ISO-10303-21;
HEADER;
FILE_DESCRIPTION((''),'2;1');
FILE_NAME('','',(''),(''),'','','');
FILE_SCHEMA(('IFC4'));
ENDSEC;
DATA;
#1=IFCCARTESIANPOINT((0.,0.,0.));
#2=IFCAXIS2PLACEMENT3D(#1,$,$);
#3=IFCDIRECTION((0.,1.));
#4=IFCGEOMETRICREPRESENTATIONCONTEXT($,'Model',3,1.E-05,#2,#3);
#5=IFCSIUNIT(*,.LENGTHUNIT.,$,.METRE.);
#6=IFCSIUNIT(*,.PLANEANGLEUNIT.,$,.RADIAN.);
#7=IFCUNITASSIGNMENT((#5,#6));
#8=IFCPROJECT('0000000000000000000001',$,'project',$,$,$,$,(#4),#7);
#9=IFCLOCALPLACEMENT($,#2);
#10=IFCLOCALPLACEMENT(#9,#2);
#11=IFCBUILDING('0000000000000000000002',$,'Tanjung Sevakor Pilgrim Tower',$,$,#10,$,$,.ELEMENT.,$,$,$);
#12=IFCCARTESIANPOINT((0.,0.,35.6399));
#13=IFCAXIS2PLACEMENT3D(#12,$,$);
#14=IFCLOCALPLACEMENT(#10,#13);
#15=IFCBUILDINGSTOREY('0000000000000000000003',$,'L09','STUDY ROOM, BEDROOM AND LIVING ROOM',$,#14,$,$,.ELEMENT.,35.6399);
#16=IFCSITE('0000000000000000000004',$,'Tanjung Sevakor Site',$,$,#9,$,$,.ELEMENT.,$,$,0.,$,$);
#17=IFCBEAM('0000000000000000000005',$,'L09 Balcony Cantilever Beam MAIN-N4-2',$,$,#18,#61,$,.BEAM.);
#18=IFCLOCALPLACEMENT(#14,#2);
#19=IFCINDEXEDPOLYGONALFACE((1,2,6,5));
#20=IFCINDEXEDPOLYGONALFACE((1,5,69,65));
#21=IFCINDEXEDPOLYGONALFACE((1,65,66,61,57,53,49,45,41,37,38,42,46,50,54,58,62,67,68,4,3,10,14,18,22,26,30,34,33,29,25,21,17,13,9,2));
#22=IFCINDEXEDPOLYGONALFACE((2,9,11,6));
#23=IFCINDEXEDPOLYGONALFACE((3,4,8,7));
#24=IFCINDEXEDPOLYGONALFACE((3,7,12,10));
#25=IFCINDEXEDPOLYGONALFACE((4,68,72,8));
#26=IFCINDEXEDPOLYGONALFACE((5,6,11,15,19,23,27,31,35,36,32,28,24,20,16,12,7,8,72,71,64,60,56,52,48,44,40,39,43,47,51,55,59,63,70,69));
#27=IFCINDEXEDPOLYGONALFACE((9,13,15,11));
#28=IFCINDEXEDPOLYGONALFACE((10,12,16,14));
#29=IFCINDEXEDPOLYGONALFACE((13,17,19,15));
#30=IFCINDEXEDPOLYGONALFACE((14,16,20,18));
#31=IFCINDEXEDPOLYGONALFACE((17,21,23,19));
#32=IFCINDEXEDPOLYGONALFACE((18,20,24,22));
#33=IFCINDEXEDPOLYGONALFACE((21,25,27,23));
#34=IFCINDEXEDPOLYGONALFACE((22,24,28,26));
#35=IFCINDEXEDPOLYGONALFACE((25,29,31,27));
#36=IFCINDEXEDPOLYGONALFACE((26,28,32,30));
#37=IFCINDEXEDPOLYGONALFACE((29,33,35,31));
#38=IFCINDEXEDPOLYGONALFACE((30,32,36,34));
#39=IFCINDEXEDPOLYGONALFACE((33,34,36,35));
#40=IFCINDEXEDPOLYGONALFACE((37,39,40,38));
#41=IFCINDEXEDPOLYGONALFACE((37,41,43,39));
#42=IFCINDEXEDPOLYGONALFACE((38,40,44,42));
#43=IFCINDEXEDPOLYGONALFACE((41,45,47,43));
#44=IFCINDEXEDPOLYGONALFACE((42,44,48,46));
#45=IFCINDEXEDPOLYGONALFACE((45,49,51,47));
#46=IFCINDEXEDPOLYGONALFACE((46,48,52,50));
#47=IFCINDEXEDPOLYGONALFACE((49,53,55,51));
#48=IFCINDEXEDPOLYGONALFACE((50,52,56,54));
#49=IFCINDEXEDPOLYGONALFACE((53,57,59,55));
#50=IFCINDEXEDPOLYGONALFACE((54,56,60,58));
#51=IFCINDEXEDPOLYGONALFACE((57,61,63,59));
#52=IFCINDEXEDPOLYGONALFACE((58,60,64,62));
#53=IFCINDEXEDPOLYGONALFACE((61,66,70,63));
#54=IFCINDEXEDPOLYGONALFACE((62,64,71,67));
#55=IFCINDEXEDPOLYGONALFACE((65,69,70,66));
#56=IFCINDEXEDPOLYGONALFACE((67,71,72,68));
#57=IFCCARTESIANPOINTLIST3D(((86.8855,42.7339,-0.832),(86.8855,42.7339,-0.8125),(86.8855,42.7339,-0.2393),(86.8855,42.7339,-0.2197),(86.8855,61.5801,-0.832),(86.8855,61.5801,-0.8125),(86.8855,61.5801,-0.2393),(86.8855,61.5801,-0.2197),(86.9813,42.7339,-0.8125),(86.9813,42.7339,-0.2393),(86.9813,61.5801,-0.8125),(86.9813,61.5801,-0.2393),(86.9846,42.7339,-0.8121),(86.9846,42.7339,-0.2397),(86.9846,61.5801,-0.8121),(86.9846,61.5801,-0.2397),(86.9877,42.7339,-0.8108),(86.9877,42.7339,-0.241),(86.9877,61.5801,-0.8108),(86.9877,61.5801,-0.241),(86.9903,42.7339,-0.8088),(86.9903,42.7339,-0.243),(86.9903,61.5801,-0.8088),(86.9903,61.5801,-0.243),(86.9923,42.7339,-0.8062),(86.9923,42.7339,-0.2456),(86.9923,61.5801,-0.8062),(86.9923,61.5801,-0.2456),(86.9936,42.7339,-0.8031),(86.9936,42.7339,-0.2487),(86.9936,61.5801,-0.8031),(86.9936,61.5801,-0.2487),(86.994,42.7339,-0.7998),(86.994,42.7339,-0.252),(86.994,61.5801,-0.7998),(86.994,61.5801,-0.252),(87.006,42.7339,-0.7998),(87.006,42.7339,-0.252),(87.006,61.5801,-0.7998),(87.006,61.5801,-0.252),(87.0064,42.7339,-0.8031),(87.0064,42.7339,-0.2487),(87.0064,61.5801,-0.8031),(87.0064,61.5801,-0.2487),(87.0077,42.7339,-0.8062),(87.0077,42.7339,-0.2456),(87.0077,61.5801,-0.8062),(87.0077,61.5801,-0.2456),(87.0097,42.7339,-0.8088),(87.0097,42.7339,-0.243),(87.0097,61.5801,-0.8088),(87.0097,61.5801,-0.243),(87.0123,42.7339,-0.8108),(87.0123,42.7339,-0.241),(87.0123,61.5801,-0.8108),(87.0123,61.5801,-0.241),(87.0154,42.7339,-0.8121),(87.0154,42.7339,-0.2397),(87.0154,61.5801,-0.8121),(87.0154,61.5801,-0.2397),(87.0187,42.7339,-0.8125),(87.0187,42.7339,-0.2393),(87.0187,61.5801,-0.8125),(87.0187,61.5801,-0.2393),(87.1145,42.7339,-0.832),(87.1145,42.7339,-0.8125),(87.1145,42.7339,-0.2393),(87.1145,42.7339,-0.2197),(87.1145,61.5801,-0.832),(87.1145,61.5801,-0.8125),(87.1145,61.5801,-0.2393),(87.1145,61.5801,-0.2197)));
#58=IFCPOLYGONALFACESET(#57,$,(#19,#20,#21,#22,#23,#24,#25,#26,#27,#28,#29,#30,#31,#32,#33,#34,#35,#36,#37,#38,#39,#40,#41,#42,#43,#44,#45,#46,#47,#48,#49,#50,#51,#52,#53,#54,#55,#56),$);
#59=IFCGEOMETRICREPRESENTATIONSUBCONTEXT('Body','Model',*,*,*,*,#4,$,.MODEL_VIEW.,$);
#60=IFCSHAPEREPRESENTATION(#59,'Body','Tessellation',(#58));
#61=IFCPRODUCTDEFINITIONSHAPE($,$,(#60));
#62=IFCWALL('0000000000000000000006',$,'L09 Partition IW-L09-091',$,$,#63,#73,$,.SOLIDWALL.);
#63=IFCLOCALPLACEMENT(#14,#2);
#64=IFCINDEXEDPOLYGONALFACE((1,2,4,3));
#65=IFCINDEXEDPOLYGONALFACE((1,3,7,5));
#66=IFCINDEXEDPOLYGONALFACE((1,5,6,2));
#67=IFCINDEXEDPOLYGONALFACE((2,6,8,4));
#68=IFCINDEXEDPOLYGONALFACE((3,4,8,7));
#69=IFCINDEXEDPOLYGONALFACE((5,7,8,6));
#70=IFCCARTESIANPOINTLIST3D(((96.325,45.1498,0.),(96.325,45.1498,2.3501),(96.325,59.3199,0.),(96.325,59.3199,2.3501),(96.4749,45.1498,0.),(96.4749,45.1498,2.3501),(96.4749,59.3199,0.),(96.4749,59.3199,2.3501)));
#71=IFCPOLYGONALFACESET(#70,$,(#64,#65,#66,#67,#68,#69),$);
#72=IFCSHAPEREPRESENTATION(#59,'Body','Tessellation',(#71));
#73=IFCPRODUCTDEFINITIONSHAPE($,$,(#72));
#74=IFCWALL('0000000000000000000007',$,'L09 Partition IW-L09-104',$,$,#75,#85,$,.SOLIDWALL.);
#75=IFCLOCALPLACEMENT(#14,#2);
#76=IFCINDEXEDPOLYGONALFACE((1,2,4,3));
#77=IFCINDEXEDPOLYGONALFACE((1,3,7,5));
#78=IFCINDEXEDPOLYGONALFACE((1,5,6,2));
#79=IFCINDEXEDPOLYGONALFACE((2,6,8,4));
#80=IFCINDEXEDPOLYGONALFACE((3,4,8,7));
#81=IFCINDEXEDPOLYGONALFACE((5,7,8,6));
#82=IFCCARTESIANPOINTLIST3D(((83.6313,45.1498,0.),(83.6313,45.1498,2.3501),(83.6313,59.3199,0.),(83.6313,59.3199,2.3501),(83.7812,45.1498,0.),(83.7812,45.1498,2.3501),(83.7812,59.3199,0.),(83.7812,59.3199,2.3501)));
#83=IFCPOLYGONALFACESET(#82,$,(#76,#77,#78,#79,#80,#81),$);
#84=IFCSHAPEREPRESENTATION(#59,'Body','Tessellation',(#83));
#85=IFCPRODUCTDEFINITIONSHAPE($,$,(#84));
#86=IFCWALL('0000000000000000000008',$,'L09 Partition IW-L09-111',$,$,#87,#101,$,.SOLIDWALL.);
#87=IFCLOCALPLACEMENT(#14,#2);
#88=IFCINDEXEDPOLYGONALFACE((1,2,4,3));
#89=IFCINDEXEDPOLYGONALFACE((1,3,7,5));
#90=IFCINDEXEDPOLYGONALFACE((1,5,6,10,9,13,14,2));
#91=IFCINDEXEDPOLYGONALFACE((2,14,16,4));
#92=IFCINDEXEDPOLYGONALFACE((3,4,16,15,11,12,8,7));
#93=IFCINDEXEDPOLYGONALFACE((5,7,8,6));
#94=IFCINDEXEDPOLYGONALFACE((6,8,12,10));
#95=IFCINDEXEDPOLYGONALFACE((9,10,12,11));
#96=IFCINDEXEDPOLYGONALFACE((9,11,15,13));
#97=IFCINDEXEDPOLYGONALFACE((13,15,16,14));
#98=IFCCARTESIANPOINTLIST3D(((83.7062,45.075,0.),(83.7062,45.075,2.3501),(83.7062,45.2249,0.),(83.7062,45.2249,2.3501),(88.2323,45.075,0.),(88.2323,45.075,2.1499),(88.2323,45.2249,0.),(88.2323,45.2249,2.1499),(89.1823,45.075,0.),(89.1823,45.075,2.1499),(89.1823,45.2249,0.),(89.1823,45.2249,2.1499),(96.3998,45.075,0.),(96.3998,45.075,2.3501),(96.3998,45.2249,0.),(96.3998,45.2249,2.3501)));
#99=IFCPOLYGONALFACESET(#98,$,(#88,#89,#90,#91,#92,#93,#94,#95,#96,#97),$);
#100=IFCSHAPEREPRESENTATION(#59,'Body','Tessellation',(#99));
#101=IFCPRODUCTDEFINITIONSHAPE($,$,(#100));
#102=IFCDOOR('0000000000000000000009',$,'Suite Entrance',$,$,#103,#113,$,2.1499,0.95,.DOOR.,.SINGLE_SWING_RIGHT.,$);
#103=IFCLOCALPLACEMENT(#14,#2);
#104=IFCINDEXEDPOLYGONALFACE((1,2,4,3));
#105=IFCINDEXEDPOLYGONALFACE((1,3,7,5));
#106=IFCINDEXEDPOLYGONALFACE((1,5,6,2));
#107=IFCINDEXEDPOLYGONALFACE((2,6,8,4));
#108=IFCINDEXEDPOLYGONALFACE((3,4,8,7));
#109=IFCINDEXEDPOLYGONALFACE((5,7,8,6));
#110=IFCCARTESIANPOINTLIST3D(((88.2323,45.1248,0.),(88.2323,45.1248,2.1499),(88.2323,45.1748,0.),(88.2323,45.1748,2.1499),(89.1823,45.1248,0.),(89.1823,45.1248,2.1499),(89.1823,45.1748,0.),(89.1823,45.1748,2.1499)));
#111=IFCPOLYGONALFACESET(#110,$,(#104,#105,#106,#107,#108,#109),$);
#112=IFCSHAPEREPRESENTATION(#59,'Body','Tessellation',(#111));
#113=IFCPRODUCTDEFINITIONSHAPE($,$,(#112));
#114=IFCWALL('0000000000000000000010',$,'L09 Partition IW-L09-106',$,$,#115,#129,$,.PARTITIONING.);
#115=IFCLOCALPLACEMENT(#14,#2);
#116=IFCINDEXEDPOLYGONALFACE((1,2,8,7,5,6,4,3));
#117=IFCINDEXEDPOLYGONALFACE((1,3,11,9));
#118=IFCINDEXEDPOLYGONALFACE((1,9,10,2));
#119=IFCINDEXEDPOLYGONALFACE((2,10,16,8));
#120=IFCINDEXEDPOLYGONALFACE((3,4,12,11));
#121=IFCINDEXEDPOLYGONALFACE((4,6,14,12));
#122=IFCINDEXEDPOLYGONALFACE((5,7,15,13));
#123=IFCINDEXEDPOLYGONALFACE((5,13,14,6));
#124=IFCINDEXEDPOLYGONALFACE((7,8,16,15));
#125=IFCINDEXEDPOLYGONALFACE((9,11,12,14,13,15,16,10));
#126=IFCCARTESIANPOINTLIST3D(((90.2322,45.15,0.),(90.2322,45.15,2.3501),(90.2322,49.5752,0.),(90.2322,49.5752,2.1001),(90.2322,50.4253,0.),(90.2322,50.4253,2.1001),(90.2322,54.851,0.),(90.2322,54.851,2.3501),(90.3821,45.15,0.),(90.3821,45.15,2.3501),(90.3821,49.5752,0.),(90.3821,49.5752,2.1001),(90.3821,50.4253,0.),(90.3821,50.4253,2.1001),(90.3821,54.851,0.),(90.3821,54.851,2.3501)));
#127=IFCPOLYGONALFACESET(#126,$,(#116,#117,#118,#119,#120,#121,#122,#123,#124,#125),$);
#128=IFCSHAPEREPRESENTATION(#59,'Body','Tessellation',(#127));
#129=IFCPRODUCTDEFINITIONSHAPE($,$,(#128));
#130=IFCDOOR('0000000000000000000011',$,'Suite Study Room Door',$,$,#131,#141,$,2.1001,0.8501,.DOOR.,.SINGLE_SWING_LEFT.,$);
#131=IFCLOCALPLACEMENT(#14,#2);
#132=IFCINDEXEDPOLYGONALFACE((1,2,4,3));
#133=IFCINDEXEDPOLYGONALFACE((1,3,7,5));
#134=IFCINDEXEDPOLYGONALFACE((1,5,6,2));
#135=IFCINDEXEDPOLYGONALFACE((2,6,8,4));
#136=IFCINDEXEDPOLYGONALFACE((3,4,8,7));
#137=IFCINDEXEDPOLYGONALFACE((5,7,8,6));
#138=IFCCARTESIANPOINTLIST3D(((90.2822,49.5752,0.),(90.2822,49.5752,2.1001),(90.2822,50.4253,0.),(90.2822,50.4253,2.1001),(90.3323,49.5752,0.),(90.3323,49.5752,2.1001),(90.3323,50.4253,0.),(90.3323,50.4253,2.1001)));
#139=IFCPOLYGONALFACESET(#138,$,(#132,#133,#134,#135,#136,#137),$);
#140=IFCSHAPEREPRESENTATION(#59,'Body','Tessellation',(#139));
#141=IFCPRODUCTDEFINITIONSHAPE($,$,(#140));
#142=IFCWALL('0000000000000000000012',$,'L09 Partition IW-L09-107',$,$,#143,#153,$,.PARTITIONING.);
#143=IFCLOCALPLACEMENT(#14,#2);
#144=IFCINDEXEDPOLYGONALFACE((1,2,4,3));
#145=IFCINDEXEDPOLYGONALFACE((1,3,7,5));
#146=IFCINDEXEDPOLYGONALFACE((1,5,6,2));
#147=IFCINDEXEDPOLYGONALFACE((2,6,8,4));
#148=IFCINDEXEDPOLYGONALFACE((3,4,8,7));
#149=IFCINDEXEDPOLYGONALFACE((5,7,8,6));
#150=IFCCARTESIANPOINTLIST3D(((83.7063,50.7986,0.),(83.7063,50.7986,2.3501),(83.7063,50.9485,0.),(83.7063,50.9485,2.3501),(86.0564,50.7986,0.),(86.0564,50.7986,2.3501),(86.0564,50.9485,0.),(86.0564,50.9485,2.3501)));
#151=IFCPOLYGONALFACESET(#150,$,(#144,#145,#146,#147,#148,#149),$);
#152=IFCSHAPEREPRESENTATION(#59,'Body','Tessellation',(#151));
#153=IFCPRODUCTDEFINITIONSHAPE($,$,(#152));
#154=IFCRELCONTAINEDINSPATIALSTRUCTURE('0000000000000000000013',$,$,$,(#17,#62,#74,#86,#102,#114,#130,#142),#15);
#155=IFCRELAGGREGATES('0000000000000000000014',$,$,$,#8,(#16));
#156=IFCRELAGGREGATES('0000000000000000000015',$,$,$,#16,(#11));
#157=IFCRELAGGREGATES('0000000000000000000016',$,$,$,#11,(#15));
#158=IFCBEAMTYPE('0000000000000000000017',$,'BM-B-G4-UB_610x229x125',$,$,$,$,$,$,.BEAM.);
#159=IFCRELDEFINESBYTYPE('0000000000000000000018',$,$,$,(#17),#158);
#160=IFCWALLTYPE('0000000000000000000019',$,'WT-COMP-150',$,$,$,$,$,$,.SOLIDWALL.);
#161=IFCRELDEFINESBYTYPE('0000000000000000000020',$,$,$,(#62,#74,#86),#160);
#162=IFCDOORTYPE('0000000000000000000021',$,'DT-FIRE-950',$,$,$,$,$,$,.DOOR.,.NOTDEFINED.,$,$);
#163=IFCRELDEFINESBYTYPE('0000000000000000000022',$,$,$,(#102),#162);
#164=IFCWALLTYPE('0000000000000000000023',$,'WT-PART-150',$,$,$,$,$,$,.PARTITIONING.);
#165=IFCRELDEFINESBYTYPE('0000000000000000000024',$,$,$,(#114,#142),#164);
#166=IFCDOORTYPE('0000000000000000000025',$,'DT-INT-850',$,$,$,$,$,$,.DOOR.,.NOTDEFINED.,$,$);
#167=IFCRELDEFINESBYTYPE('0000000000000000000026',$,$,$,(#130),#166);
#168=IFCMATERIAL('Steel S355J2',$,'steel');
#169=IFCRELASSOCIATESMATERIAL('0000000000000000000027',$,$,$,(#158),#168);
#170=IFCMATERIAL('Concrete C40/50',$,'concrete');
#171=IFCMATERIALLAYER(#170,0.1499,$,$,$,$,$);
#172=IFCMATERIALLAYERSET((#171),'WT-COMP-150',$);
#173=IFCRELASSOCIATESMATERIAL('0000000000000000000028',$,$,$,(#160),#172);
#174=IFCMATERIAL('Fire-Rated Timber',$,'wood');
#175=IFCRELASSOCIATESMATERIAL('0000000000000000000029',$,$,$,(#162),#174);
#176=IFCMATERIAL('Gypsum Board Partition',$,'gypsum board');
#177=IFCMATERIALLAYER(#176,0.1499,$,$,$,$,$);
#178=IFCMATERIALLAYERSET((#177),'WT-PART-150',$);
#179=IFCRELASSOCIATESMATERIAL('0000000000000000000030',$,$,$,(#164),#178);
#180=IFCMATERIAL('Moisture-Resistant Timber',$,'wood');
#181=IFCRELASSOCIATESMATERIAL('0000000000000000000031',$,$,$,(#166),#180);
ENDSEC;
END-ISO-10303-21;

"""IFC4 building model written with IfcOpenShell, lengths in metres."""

from ifc_helpers import new_model, si_unit, direction, frame, frame_2d, origin, origin_2d, place, context, subcontext, project, spatial, rectangle, i_section, extrude, material, layer, layer_set, material_profile, profile_set, type_object, element, fill, save


model = new_model("IFC4")

# Units and contexts
model_context = context("Model", 3, precision=1e-05, world=origin(), true_north=direction((0.0, 1.0)))
body_context = subcontext(model_context, "Body", "Model", "MODEL_VIEW")
ifc_project = project(units=[si_unit("LENGTHUNIT", "METRE"), si_unit("PLANEANGLEUNIT", "RADIAN")], contexts=[model_context])

# Site, building, storey
site_placement = place(None, origin())
site = spatial("IfcSite", under=ifc_project, at=site_placement, Name="Tanjung Sevakor Site", CompositionType="ELEMENT", RefElevation=0.0)
building_placement = place(site_placement, origin())
building = spatial("IfcBuilding", under=site, at=building_placement, Name="Tanjung Sevakor Pilgrim Tower", CompositionType="ELEMENT")
storey_placement = place(building_placement, frame((0.0, 0.0, 35.6399)))
storey = spatial("IfcBuildingStorey", under=building, at=storey_placement, Name="L09", Description="STUDY ROOM, BEDROOM AND LIVING ROOM", CompositionType="ELEMENT", Elevation=35.6399)

# Beam
ifc_material_1 = material(Name="Steel S355J2", Category="steel")
ifc_material_profile_1 = material_profile(ifc_material_1, i_section(OverallWidth=0.229, OverallDepth=0.6123, WebThickness=0.012, FlangeThickness=0.0195, FilletRadius=0.0127, at=origin_2d()))
ifc_profile_set_1 = profile_set([ifc_material_profile_1], Name="Steel S355J2")
beam_type_1 = type_object("IfcBeamType", Name="BM-B-G4-UB_610x229x125", PredefinedType="BEAM", material=ifc_profile_set_1)
beam_1_placement = place(storey_placement, frame((87.0, 42.7339, -0.5259), z_axis=(0.0, 1.0, 0.0), x_axis=(-1.0, 0.0, 0.0)))
element("IfcBeam", 1, at=beam_1_placement, inside=storey, type_object=beam_type_1, Name="L09 Balcony Cantilever Beam MAIN-N4-2", PredefinedType="BEAM", context=body_context, shape_type="SweptSolid", body=[
    extrude(i_section(OverallWidth=0.229, OverallDepth=0.6123, WebThickness=0.012, FlangeThickness=0.0195, FilletRadius=0.0127, at=origin_2d()), origin(), (0.0, 0.0, 1.0), 18.8462),
])

# Walls
ifc_material_2 = material(Name="Concrete C40/50", Category="concrete")
ifc_layer_1 = layer(ifc_material_2, 0.1499)
ifc_layer_set_1 = layer_set([ifc_layer_1], Name="WT-COMP-150")
wall_type_1 = type_object("IfcWallType", Name="WT-COMP-150", PredefinedType="SOLIDWALL", material=ifc_layer_set_1)
for number, where, z_axis, x_axis, name in (
    (2, (96.3999, 45.1499, 0.0), (0.0, 0.0, 1.0), (0.0, 1.0, 0.0), "L09 Partition IW-L09-091"),
    (3, (83.7063, 45.1499, 0.0), (0.0, 0.0, 1.0), (0.0, 1.0, 0.0), "L09 Partition IW-L09-104"),
):
    element("IfcWall", number, at=place(storey_placement, frame(where, z_axis=z_axis, x_axis=x_axis)), inside=storey, type_object=wall_type_1, Name=name, PredefinedType="SOLIDWALL", context=body_context, shape_type="SweptSolid", body=[
        extrude(rectangle(XDim=14.1702, YDim=0.1499, at=frame_2d((7.085, 0.0))), origin(), (0.0, 0.0, 1.0), 2.3501),
    ])

# Walls, openings, doors
wall_1_placement = place(storey_placement, frame((83.7063, 45.1499, 0.0), z_axis=(0.0, 0.0, 1.0), x_axis=(1.0, 0.0, 0.0)))
wall_1 = element("IfcWall", 4, at=wall_1_placement, inside=storey, type_object=wall_type_1, Name="L09 Partition IW-L09-111", PredefinedType="SOLIDWALL", context=body_context, shape_type="SweptSolid", body=[
    extrude(rectangle(XDim=12.6936, YDim=0.1499, at=frame_2d((6.3467, 0.0))), origin(), (0.0, 0.0, 1.0), 2.3501),
])
opening_1_placement = place(wall_1_placement, frame((4.5259, 0.0, 0.0)))
opening_1 = element("IfcOpeningElement", 5, at=opening_1_placement, cuts=wall_1, PredefinedType="OPENING", context=body_context, shape_type="SweptSolid", body=[
    extrude(rectangle(XDim=0.95, YDim=2.1499, at=frame_2d((0.4751, 1.075))), frame((0.0, 0.085, 0.0), z_axis=(0.0, -1.0, 0.0), x_axis=(1.0, 0.0, 0.0)), (0.0, 0.0, 1.0), 0.1699),
])
ifc_material_3 = material(Name="Fire-Rated Timber", Category="wood")
door_type_1 = type_object("IfcDoorType", Name="DT-FIRE-950", OperationType="NOTDEFINED", PredefinedType="DOOR", material=ifc_material_3)
door_1_placement = place(opening_1_placement, origin())
door_1 = element("IfcDoor", 6, at=door_1_placement, inside=storey, type_object=door_type_1, Name="Suite Entrance", OperationType="SINGLE_SWING_RIGHT", OverallHeight=2.1499, OverallWidth=0.95, PredefinedType="DOOR", context=body_context, shape_type="SweptSolid", body=[
    extrude(rectangle(XDim=0.95, YDim=2.1499, at=frame_2d((0.4751, 1.075))), frame((0.0, 0.0249, 0.0), z_axis=(0.0, -1.0, 0.0), x_axis=(1.0, 0.0, 0.0)), (0.0, 0.0, 1.0), 0.05),
])
fill(opening_1, door_1)
ifc_material_4 = material(Name="Gypsum Board Partition", Category="gypsum board")
ifc_layer_2 = layer(ifc_material_4, 0.1499)
ifc_layer_set_2 = layer_set([ifc_layer_2], Name="WT-PART-150")
wall_type_2 = type_object("IfcWallType", Name="WT-PART-150", PredefinedType="PARTITIONING", material=ifc_layer_set_2)
wall_2_placement = place(storey_placement, frame((90.3071, 45.1499, 0.0), z_axis=(0.0, 0.0, 1.0), x_axis=(0.0, 1.0, 0.0)))
wall_2 = element("IfcWall", 7, at=wall_2_placement, inside=storey, type_object=wall_type_2, Name="L09 Partition IW-L09-106", PredefinedType="PARTITIONING", context=body_context, shape_type="SweptSolid", body=[
    extrude(rectangle(XDim=9.7009, YDim=0.1499, at=frame_2d((4.8506, 0.0))), origin(), (0.0, 0.0, 1.0), 2.3501),
])
opening_2_placement = place(wall_2_placement, frame((4.4253, 0.0, 0.0)))
opening_2 = element("IfcOpeningElement", 8, at=opening_2_placement, cuts=wall_2, PredefinedType="OPENING", context=body_context, shape_type="SweptSolid", body=[
    extrude(rectangle(XDim=0.8501, YDim=2.1001, at=frame_2d((0.425, 1.05))), frame((0.0, 0.085, 0.0), z_axis=(0.0, -1.0, 0.0), x_axis=(1.0, 0.0, 0.0)), (0.0, 0.0, 1.0), 0.1699),
])
ifc_material_5 = material(Name="Moisture-Resistant Timber", Category="wood")
door_type_2 = type_object("IfcDoorType", Name="DT-INT-850", OperationType="NOTDEFINED", PredefinedType="DOOR", material=ifc_material_5)
door_2_placement = place(opening_2_placement, origin())
door_2 = element("IfcDoor", 9, at=door_2_placement, inside=storey, type_object=door_type_2, Name="Suite Study Room Door", OperationType="SINGLE_SWING_LEFT", OverallHeight=2.1001, OverallWidth=0.8501, PredefinedType="DOOR", context=body_context, shape_type="SweptSolid", body=[
    extrude(rectangle(XDim=0.8501, YDim=2.1001, at=frame_2d((0.425, 1.05))), frame((0.0, 0.0249, 0.0), z_axis=(0.0, -1.0, 0.0), x_axis=(1.0, 0.0, 0.0)), (0.0, 0.0, 1.0), 0.05),
])
fill(opening_2, door_2)

# Wall
wall_3_placement = place(storey_placement, frame((83.7063, 50.8735, 0.0), z_axis=(0.0, 0.0, 1.0), x_axis=(1.0, 0.0, 0.0)))
element("IfcWall", 10, at=wall_3_placement, inside=storey, type_object=wall_type_2, Name="L09 Partition IW-L09-107", PredefinedType="PARTITIONING", context=body_context, shape_type="SweptSolid", body=[
    extrude(rectangle(XDim=2.3501, YDim=0.1499, at=frame_2d((1.175, 0.0))), origin(), (0.0, 0.0, 1.0), 2.3501),
])

save(model, "model.ifc")
